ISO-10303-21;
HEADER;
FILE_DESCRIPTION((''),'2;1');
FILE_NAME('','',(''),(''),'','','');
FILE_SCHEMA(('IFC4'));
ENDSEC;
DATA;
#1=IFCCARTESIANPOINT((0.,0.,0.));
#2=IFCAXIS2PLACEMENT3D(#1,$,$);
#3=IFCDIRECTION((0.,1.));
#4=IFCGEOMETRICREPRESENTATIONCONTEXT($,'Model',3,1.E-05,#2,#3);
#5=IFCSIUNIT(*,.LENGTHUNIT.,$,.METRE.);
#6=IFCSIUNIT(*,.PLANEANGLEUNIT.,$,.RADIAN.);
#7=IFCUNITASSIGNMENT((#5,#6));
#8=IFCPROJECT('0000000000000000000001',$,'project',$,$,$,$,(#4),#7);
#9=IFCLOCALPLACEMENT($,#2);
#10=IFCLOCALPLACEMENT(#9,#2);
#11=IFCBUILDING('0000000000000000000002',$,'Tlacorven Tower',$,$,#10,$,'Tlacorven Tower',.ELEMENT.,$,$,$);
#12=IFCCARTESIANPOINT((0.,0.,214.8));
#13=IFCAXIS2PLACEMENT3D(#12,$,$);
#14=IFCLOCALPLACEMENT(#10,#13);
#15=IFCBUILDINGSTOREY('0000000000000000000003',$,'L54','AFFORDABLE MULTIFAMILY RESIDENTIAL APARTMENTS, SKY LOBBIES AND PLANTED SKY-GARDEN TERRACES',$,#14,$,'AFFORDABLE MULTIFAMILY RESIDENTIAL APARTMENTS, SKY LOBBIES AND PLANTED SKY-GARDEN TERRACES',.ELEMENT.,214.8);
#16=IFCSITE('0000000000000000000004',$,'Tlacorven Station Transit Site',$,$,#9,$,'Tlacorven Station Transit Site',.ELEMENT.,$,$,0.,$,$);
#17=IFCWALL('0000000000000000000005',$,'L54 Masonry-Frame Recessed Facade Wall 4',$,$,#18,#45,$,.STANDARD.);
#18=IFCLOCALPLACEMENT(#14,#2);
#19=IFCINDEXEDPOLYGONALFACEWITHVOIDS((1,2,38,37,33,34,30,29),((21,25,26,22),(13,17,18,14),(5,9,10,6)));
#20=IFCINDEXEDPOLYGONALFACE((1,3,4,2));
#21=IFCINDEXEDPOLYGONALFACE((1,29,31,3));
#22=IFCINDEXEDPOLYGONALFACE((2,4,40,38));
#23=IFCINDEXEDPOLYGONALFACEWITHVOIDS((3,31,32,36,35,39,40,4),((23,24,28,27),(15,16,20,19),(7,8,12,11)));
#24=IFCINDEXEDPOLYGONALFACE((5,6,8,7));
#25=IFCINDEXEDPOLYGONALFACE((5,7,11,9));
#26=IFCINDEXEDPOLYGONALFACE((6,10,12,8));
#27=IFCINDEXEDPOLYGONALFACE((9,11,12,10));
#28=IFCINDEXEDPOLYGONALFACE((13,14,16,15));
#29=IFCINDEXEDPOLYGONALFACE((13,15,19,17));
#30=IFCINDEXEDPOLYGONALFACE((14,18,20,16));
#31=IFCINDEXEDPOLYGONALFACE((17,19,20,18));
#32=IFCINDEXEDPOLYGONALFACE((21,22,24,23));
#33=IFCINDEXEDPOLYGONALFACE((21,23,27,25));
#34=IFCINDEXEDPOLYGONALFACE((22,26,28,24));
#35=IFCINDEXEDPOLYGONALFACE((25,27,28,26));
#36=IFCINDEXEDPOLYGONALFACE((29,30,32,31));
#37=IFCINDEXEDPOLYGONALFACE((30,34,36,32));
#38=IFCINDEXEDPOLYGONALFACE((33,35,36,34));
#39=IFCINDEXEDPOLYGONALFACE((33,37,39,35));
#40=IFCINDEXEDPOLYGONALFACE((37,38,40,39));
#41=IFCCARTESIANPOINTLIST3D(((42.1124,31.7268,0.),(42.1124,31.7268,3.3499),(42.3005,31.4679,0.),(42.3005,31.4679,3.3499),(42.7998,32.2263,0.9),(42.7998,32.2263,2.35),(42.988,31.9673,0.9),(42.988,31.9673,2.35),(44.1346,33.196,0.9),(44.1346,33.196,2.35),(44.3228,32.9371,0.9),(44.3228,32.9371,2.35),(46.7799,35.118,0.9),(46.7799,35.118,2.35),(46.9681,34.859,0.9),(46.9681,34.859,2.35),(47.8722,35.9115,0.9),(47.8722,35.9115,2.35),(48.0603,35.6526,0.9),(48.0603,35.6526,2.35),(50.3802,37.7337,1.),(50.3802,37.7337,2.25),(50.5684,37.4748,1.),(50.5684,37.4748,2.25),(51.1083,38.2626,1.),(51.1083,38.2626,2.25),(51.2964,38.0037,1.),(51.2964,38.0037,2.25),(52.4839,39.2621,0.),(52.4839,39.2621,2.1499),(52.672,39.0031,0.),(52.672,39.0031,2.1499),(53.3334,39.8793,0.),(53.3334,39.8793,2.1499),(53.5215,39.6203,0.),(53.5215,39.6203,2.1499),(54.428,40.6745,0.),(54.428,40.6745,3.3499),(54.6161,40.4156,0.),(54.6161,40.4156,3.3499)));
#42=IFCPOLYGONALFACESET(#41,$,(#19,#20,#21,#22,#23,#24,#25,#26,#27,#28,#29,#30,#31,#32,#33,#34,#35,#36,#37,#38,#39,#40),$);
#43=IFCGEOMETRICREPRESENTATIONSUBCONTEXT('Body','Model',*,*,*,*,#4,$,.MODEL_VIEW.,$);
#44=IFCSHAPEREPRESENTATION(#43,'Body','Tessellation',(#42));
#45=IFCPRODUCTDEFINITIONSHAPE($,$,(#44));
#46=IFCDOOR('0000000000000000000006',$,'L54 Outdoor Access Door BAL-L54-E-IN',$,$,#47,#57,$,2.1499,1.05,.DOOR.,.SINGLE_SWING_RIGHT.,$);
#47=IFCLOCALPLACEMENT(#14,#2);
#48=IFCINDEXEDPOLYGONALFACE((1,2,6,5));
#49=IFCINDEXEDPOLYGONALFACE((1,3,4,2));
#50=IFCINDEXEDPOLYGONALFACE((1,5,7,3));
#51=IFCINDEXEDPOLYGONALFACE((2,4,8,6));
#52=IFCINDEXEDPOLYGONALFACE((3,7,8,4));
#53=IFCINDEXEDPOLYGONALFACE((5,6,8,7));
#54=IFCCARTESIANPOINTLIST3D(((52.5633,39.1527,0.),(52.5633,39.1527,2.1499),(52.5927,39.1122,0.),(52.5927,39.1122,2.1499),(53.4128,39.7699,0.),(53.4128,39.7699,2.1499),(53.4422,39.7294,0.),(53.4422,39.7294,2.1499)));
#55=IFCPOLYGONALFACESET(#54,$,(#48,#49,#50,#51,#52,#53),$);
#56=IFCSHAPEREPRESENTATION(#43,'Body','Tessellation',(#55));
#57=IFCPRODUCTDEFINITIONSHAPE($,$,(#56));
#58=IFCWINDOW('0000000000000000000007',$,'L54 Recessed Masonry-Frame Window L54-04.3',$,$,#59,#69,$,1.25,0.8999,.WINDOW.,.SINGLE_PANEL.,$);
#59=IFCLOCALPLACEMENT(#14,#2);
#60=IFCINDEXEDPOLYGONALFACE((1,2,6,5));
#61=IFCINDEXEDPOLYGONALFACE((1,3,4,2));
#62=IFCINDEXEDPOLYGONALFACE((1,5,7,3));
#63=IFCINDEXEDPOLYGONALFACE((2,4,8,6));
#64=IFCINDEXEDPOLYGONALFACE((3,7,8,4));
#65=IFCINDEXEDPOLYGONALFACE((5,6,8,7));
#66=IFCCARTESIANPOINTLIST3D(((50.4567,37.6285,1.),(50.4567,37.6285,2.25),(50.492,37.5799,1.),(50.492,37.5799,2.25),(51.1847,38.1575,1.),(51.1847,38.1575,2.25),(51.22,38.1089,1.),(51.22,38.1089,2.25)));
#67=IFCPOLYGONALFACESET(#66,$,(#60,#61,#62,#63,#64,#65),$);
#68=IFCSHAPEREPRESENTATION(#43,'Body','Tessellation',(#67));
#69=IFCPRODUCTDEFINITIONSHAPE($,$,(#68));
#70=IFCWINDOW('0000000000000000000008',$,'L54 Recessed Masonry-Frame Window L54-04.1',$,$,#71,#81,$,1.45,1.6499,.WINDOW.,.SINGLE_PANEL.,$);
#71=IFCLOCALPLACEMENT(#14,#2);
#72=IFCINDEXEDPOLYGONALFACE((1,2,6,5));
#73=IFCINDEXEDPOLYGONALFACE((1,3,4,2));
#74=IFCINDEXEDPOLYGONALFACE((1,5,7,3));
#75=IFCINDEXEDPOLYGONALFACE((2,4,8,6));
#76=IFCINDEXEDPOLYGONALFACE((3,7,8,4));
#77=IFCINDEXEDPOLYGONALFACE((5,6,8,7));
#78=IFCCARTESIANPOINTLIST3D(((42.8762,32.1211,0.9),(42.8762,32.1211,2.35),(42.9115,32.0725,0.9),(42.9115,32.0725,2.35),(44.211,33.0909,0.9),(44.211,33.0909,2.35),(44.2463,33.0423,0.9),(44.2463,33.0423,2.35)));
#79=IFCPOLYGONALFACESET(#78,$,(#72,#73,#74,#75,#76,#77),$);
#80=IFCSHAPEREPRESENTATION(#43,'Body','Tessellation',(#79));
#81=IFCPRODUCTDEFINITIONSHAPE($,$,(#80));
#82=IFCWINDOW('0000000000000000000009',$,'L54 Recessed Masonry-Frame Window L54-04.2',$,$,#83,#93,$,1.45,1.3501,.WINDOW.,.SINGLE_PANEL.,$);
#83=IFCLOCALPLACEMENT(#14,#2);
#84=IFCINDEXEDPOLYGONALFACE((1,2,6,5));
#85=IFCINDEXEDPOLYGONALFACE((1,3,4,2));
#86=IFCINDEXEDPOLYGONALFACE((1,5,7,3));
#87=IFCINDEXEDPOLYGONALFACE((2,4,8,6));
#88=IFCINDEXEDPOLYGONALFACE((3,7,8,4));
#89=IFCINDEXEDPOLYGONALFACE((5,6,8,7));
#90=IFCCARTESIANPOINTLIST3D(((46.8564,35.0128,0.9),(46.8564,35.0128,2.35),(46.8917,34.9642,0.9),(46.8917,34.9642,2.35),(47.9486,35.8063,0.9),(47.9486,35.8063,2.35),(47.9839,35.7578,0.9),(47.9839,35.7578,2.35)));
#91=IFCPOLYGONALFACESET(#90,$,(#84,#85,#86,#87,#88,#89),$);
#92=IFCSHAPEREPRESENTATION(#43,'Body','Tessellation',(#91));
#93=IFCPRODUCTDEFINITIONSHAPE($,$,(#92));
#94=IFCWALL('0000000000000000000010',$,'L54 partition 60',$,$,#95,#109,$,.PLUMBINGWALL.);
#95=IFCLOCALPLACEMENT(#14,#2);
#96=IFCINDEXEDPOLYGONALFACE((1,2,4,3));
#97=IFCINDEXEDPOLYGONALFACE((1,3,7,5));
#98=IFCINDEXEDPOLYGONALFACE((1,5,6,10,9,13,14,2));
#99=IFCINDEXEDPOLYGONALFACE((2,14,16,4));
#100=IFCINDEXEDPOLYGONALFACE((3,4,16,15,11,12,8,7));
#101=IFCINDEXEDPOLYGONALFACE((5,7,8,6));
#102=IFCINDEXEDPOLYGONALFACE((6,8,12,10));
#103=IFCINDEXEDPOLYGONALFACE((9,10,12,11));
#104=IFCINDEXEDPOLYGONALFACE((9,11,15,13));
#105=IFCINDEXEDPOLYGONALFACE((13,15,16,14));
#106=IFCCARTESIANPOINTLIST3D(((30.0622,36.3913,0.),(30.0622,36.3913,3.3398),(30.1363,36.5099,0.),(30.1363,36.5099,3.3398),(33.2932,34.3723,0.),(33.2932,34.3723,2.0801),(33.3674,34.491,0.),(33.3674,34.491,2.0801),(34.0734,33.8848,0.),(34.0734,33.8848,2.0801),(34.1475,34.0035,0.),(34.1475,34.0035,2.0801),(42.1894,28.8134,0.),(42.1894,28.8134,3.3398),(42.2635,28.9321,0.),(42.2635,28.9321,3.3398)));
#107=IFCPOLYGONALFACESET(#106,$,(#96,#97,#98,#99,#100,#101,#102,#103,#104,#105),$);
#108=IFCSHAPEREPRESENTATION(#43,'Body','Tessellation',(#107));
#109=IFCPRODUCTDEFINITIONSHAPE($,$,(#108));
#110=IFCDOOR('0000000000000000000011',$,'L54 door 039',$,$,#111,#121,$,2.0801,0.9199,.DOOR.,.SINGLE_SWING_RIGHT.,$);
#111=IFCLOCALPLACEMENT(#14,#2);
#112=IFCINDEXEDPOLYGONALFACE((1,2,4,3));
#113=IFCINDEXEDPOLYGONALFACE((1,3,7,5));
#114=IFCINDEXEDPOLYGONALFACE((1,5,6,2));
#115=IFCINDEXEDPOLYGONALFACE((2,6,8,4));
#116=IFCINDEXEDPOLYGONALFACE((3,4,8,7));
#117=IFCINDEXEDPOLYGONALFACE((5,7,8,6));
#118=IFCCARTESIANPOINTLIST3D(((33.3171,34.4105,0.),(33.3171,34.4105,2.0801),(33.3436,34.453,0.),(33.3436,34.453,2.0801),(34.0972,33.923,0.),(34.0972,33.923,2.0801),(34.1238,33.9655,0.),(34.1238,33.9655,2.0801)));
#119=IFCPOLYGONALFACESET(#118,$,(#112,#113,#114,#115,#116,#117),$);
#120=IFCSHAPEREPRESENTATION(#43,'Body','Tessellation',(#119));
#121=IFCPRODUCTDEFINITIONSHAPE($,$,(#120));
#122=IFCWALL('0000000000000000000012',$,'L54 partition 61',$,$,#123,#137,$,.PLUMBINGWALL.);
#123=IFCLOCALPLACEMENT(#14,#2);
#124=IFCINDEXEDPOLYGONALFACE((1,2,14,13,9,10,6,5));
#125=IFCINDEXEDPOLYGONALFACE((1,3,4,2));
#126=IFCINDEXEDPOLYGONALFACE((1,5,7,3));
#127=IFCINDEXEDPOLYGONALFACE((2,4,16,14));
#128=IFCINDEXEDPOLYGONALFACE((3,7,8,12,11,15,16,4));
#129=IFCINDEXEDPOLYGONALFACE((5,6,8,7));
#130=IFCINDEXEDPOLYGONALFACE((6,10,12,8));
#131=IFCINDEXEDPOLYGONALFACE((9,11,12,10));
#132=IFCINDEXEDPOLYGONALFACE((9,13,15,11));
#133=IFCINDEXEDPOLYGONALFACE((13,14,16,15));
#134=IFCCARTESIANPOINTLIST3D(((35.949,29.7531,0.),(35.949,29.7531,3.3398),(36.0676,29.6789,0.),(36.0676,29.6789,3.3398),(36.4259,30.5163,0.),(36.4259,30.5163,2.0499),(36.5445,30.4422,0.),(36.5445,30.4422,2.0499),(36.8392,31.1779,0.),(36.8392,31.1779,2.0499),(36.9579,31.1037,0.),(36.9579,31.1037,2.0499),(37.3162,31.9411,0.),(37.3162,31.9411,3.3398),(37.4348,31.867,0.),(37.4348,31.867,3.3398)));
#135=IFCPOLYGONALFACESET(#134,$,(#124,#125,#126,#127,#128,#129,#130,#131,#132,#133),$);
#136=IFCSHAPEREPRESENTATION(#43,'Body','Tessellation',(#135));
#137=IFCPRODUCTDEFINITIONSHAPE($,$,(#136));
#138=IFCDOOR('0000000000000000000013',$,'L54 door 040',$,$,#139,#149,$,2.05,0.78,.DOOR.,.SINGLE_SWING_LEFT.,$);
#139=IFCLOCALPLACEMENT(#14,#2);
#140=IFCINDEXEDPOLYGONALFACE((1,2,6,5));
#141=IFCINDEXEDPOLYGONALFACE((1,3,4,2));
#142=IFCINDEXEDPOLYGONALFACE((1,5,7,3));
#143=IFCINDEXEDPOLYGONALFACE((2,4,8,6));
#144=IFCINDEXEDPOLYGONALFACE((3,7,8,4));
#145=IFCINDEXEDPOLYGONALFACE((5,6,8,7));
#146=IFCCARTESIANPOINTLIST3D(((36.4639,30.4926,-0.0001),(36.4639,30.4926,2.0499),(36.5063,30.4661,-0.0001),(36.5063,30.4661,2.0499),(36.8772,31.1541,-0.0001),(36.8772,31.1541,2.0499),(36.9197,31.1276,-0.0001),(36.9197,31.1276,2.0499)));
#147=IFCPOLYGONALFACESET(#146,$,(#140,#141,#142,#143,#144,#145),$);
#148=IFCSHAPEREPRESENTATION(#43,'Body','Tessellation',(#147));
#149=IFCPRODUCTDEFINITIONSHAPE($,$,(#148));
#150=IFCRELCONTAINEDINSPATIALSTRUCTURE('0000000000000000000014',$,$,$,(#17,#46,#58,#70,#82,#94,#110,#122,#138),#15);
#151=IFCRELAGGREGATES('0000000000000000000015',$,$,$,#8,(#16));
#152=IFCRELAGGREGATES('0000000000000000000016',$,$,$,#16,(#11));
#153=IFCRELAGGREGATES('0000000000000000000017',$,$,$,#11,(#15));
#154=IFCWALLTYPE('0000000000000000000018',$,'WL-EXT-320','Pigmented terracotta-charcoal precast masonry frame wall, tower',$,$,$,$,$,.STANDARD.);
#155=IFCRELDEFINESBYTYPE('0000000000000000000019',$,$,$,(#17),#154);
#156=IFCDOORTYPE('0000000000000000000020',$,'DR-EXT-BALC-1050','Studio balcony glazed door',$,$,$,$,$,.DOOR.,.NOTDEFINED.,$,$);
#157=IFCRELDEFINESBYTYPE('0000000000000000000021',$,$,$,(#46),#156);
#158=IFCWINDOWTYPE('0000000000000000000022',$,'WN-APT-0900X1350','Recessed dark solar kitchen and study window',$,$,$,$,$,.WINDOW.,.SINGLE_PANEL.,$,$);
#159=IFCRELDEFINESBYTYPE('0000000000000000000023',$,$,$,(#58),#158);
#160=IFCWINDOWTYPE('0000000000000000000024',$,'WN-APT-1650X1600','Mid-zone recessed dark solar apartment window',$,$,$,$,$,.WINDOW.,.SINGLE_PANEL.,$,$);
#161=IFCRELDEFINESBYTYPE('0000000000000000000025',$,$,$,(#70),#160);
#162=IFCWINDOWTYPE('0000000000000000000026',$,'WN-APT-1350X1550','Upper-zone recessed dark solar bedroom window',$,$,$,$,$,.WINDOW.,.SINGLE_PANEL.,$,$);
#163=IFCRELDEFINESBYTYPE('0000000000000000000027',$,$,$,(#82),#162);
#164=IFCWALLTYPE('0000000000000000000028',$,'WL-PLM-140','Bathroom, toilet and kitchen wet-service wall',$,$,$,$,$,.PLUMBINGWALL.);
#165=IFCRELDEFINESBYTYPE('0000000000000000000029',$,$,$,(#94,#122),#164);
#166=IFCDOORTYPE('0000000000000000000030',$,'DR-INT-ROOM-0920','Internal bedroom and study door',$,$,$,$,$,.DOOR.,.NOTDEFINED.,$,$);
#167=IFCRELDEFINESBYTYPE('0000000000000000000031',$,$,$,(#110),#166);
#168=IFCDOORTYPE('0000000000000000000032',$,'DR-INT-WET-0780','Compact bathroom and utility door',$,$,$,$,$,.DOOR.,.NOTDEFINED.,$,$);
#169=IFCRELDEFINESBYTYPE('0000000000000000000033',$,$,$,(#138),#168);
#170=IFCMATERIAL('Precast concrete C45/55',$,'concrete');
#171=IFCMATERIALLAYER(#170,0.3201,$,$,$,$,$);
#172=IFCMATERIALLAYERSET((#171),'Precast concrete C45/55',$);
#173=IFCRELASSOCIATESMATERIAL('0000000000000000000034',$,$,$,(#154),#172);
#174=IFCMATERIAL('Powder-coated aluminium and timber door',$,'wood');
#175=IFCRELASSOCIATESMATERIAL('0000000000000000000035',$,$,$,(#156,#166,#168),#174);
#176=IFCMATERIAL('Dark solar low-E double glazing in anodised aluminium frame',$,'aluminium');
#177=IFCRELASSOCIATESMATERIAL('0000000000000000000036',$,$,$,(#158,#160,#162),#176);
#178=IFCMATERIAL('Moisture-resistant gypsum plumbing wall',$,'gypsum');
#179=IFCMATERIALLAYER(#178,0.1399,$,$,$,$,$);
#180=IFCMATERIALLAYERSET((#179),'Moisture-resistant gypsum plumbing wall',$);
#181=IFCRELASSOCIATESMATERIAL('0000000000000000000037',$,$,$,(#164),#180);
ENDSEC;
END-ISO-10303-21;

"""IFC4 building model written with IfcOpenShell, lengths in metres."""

from ifc_helpers import new_model, si_unit, direction, frame, frame_2d, origin, place, context, subcontext, project, spatial, rectangle, extrude, source, transform, mapped, material, layer, layer_set, type_object, element, fill, save


model = new_model("IFC4")

# Units and contexts
model_context = context("Model", 3, precision=1e-05, world=origin(), true_north=direction((0.0, 1.0)))
body_context = subcontext(model_context, "Body", "Model", "MODEL_VIEW")
ifc_project = project(units=[si_unit("LENGTHUNIT", "METRE"), si_unit("PLANEANGLEUNIT", "RADIAN")], contexts=[model_context])

# Site, building, storey
site_placement = place(None, origin())
site = spatial("IfcSite", under=ifc_project, at=site_placement, Name="Tlacorven Station Transit Site", LongName="Tlacorven Station Transit Site", CompositionType="ELEMENT", RefElevation=0.0)
building_placement = place(site_placement, origin())
building = spatial("IfcBuilding", under=site, at=building_placement, Name="Tlacorven Tower", LongName="Tlacorven Tower", CompositionType="ELEMENT")
storey_placement = place(building_placement, frame((0.0, 0.0, 214.8)))
storey = spatial("IfcBuildingStorey", under=building, at=storey_placement, Name="L54", Description="AFFORDABLE MULTIFAMILY RESIDENTIAL APARTMENTS, SKY LOBBIES AND PLANTED SKY-GARDEN TERRACES", LongName="AFFORDABLE MULTIFAMILY RESIDENTIAL APARTMENTS, SKY LOBBIES AND PLANTED SKY-GARDEN TERRACES", CompositionType="ELEMENT", Elevation=214.8)

# Wall, openings, door, windows
ifc_material_1 = material(Name="Precast concrete C45/55", Category="concrete")
ifc_layer_1 = layer(ifc_material_1, 0.3201)
ifc_layer_set_1 = layer_set([ifc_layer_1], Name="Precast concrete C45/55")
wall_type_1 = type_object("IfcWallType", Name="WL-EXT-320", Description="Pigmented terracotta-charcoal precast masonry frame wall, tower", PredefinedType="STANDARD", material=ifc_layer_set_1)
wall_1_placement = place(storey_placement, frame((42.2065, 31.5974, 0.0), z_axis=(0.0, 0.0, 1.0), x_axis=(0.80902, 0.587781, 0.0)))
wall_1 = element("IfcWall", 1, at=wall_1_placement, inside=storey, type_object=wall_type_1, Name="L54 Masonry-Frame Recessed Facade Wall 4", PredefinedType="STANDARD", context=body_context, shape_type="SweptSolid", body=[
    extrude(rectangle(XDim=15.2229, YDim=0.3201, at=frame_2d((7.6113, 0.0))), origin(), (0.0, 0.0, 1.0), 3.3499),
])
opening_1_placement = place(wall_1_placement, frame((12.8198, 0.0, 0.0)))
opening_1 = element("IfcOpeningElement", 2, at=opening_1_placement, cuts=wall_1, PredefinedType="OPENING", context=body_context, shape_type="SweptSolid", body=[
    extrude(rectangle(XDim=1.05, YDim=2.1499, at=frame_2d((0.5249, 1.075))), frame((0.0, 0.1699, 0.0), z_axis=(0.0, -1.0, 0.0), x_axis=(1.0, 0.0, 0.0)), (0.0, 0.0, 1.0), 0.3401),
])
opening_2_placement = place(wall_1_placement, frame((0.8496, 0.0, 0.8999)))
opening_2 = element("IfcOpeningElement", 3, at=opening_2_placement, cuts=wall_1, PredefinedType="OPENING", context=body_context, shape_type="SweptSolid", body=[
    extrude(rectangle(XDim=1.6499, YDim=1.45, at=frame_2d((0.825, 0.7251))), frame((0.0, 0.1699, 0.0), z_axis=(0.0, -1.0, 0.0), x_axis=(1.0, 0.0, 0.0)), (0.0, 0.0, 1.0), 0.3401),
])
opening_3_placement = place(wall_1_placement, frame((5.7693, 0.0, 0.8999)))
opening_3 = element("IfcOpeningElement", 4, at=opening_3_placement, cuts=wall_1, PredefinedType="OPENING", context=body_context, shape_type="SweptSolid", body=[
    extrude(rectangle(XDim=1.3501, YDim=1.45, at=frame_2d((0.675, 0.7251))), frame((0.0, 0.1699, 0.0), z_axis=(0.0, -1.0, 0.0), x_axis=(1.0, 0.0, 0.0)), (0.0, 0.0, 1.0), 0.3401),
])
opening_4_placement = place(wall_1_placement, frame((10.2195, 0.0, 1.0)))
opening_4 = element("IfcOpeningElement", 5, at=opening_4_placement, cuts=wall_1, PredefinedType="OPENING", context=body_context, shape_type="SweptSolid", body=[
    extrude(rectangle(XDim=0.8999, YDim=1.25, at=frame_2d((0.45, 0.625))), frame((0.0, 0.1699, 0.0), z_axis=(0.0, -1.0, 0.0), x_axis=(1.0, 0.0, 0.0)), (0.0, 0.0, 1.0), 0.3401),
])
ifc_material_2 = material(Name="Powder-coated aluminium and timber door", Category="wood")
door_type_1 = type_object("IfcDoorType", Name="DR-EXT-BALC-1050", Description="Studio balcony glazed door", OperationType="NOTDEFINED", PredefinedType="DOOR", material=ifc_material_2)
shared_shape_1 = source(origin(), body_context, "Body", "SweptSolid", [
    extrude(rectangle(XDim=1.05, YDim=2.1499, at=frame_2d((0.5249, 1.075))), frame((0.0, 0.0249, 0.0), z_axis=(0.0, -1.0, 0.0), x_axis=(1.0, 0.0, 0.0)), (0.0, 0.0, 1.0), 0.05),
])
door_1_placement = place(opening_1_placement, origin())
door_1 = element("IfcDoor", 6, at=door_1_placement, inside=storey, type_object=door_type_1, Name="L54 Outdoor Access Door BAL-L54-E-IN", OperationType="SINGLE_SWING_RIGHT", OverallHeight=2.1499, OverallWidth=1.05, PredefinedType="DOOR", context=body_context, shape_type="MappedRepresentation", body=[
    mapped(shared_shape_1, transform((0.0, 0.0, 0.0), scale=1.0)),
])
fill(opening_1, door_1)
ifc_material_3 = material(Name="Dark solar low-E double glazing in anodised aluminium frame", Category="aluminium")
window_type_1 = type_object("IfcWindowType", Name="WN-APT-0900X1350", Description="Recessed dark solar kitchen and study window", PartitioningType="SINGLE_PANEL", PredefinedType="WINDOW", material=ifc_material_3)
shared_shape_2 = source(origin(), body_context, "Body", "SweptSolid", [
    extrude(rectangle(XDim=0.8999, YDim=1.25, at=frame_2d((0.45, 0.625))), frame((0.0, 0.03, 0.0), z_axis=(0.0, -1.0, 0.0), x_axis=(1.0, 0.0, 0.0)), (0.0, 0.0, 1.0), 0.0601),
])
window_1_placement = place(opening_4_placement, origin())
window_1 = element("IfcWindow", 7, at=window_1_placement, inside=storey, type_object=window_type_1, Name="L54 Recessed Masonry-Frame Window L54-04.3", OverallHeight=1.25, OverallWidth=0.8999, PartitioningType="SINGLE_PANEL", PredefinedType="WINDOW", context=body_context, shape_type="MappedRepresentation", body=[
    mapped(shared_shape_2, transform((0.0, 0.0, 0.0), scale=1.0)),
])
fill(opening_4, window_1)
window_type_2 = type_object("IfcWindowType", Name="WN-APT-1650X1600", Description="Mid-zone recessed dark solar apartment window", PartitioningType="SINGLE_PANEL", PredefinedType="WINDOW", material=ifc_material_3)
shared_shape_3 = source(origin(), body_context, "Body", "SweptSolid", [
    extrude(rectangle(XDim=1.6499, YDim=1.45, at=frame_2d((0.825, 0.7251))), frame((0.0, 0.03, 0.0), z_axis=(0.0, -1.0, 0.0), x_axis=(1.0, 0.0, 0.0)), (0.0, 0.0, 1.0), 0.0601),
])
window_2_placement = place(opening_2_placement, origin())
window_2 = element("IfcWindow", 8, at=window_2_placement, inside=storey, type_object=window_type_2, Name="L54 Recessed Masonry-Frame Window L54-04.1", OverallHeight=1.45, OverallWidth=1.6499, PartitioningType="SINGLE_PANEL", PredefinedType="WINDOW", context=body_context, shape_type="MappedRepresentation", body=[
    mapped(shared_shape_3, transform((0.0, 0.0, 0.0), scale=1.0)),
])
fill(opening_2, window_2)
window_type_3 = type_object("IfcWindowType", Name="WN-APT-1350X1550", Description="Upper-zone recessed dark solar bedroom window", PartitioningType="SINGLE_PANEL", PredefinedType="WINDOW", material=ifc_material_3)
shared_shape_4 = source(origin(), body_context, "Body", "SweptSolid", [
    extrude(rectangle(XDim=1.3501, YDim=1.45, at=frame_2d((0.675, 0.7251))), frame((0.0, 0.03, 0.0), z_axis=(0.0, -1.0, 0.0), x_axis=(1.0, 0.0, 0.0)), (0.0, 0.0, 1.0), 0.0601),
])
window_3_placement = place(opening_3_placement, origin())
window_3 = element("IfcWindow", 9, at=window_3_placement, inside=storey, type_object=window_type_3, Name="L54 Recessed Masonry-Frame Window L54-04.2", OverallHeight=1.45, OverallWidth=1.3501, PartitioningType="SINGLE_PANEL", PredefinedType="WINDOW", context=body_context, shape_type="MappedRepresentation", body=[
    mapped(shared_shape_4, transform((0.0, 0.0, 0.0), scale=1.0)),
])
fill(opening_3, window_3)

# Walls, openings, doors
ifc_material_4 = material(Name="Moisture-resistant gypsum plumbing wall", Category="gypsum")
ifc_layer_2 = layer(ifc_material_4, 0.1399)
ifc_layer_set_2 = layer_set([ifc_layer_2], Name="Moisture-resistant gypsum plumbing wall")
wall_type_2 = type_object("IfcWallType", Name="WL-PLM-140", Description="Bathroom, toilet and kitchen wet-service wall", PredefinedType="PLUMBINGWALL", material=ifc_layer_set_2)
wall_2_placement = place(storey_placement, frame((42.2263, 28.8728, 0.0), z_axis=(0.0, 0.0, 1.0), x_axis=(-0.848049, 0.529918, 0.0)))
wall_2 = element("IfcWall", 10, at=wall_2_placement, inside=storey, type_object=wall_type_2, Name="L54 partition 60", PredefinedType="PLUMBINGWALL", context=body_context, shape_type="SweptSolid", body=[
    extrude(rectangle(XDim=14.3, YDim=0.1399, at=frame_2d((7.1499, 0.0))), origin(), (0.0, 0.0, 1.0), 3.3398),
])
opening_5_placement = place(wall_2_placement, frame((9.5701, 0.0, 0.0)))
opening_5 = element("IfcOpeningElement", 11, at=opening_5_placement, cuts=wall_2, PredefinedType="OPENING", context=body_context, shape_type="SweptSolid", body=[
    extrude(rectangle(XDim=0.9199, YDim=2.0801, at=frame_2d((0.46, 1.04))), frame((0.0, 0.0801, 0.0), z_axis=(0.0, -1.0, 0.0), x_axis=(1.0, 0.0, 0.0)), (0.0, 0.0, 1.0), 0.1599),
])
door_type_2 = type_object("IfcDoorType", Name="DR-INT-ROOM-0920", Description="Internal bedroom and study door", OperationType="NOTDEFINED", PredefinedType="DOOR", material=ifc_material_2)
shared_shape_5 = source(origin(), body_context, "Body", "SweptSolid", [
    extrude(rectangle(XDim=0.9199, YDim=2.0801, at=frame_2d((0.46, 1.04))), frame((0.0, 0.0249, 0.0), z_axis=(0.0, -1.0, 0.0), x_axis=(1.0, 0.0, 0.0)), (0.0, 0.0, 1.0), 0.05),
])
door_2_placement = place(opening_5_placement, origin())
door_2 = element("IfcDoor", 12, at=door_2_placement, inside=storey, type_object=door_type_2, Name="L54 door 039", OperationType="SINGLE_SWING_RIGHT", OverallHeight=2.0801, OverallWidth=0.9199, PredefinedType="DOOR", context=body_context, shape_type="MappedRepresentation", body=[
    mapped(shared_shape_5, transform((0.0, 0.0, 0.0), scale=1.0)),
])
fill(opening_5, door_2)
wall_3_placement = place(storey_placement, frame((37.3755, 31.9041, 0.0), z_axis=(0.0, 0.0, 1.0), x_axis=(-0.529914, -0.848051, 0.0)))
wall_3 = element("IfcWall", 13, at=wall_3_placement, inside=storey, type_object=wall_type_2, Name="L54 partition 61", PredefinedType="PLUMBINGWALL", context=body_context, shape_type="SweptSolid", body=[
    extrude(rectangle(XDim=2.5801, YDim=0.1399, at=frame_2d((1.29, 0.0))), origin(), (0.0, 0.0, 1.0), 3.3398),
])
opening_6_placement = place(wall_3_placement, frame((0.8999, 0.0, 0.0)))
opening_6 = element("IfcOpeningElement", 14, at=opening_6_placement, cuts=wall_3, PredefinedType="OPENING", context=body_context, shape_type="SweptSolid", body=[
    extrude(rectangle(XDim=0.78, YDim=2.05, at=frame_2d((0.3901, 1.0249))), frame((0.0, 0.0801, 0.0), z_axis=(0.0, -1.0, 0.0), x_axis=(1.0, 0.0, 0.0)), (0.0, 0.0, 1.0), 0.1599),
])
door_type_3 = type_object("IfcDoorType", Name="DR-INT-WET-0780", Description="Compact bathroom and utility door", OperationType="NOTDEFINED", PredefinedType="DOOR", material=ifc_material_2)
shared_shape_6 = source(origin(), body_context, "Body", "SweptSolid", [
    extrude(rectangle(XDim=0.78, YDim=2.05, at=frame_2d((0.3901, 1.0249))), frame((0.0, 0.0249, 0.0), z_axis=(0.0, -1.0, 0.0), x_axis=(1.0, 0.0, 0.0)), (0.0, 0.0, 1.0), 0.05),
])
door_3_placement = place(opening_6_placement, origin())
door_3 = element("IfcDoor", 15, at=door_3_placement, inside=storey, type_object=door_type_3, Name="L54 door 040", OperationType="SINGLE_SWING_LEFT", OverallHeight=2.05, OverallWidth=0.78, PredefinedType="DOOR", context=body_context, shape_type="MappedRepresentation", body=[
    mapped(shared_shape_6, transform((0.0, 0.0, 0.0), scale=1.0)),
])
fill(opening_6, door_3)

save(model, "model.ifc")
